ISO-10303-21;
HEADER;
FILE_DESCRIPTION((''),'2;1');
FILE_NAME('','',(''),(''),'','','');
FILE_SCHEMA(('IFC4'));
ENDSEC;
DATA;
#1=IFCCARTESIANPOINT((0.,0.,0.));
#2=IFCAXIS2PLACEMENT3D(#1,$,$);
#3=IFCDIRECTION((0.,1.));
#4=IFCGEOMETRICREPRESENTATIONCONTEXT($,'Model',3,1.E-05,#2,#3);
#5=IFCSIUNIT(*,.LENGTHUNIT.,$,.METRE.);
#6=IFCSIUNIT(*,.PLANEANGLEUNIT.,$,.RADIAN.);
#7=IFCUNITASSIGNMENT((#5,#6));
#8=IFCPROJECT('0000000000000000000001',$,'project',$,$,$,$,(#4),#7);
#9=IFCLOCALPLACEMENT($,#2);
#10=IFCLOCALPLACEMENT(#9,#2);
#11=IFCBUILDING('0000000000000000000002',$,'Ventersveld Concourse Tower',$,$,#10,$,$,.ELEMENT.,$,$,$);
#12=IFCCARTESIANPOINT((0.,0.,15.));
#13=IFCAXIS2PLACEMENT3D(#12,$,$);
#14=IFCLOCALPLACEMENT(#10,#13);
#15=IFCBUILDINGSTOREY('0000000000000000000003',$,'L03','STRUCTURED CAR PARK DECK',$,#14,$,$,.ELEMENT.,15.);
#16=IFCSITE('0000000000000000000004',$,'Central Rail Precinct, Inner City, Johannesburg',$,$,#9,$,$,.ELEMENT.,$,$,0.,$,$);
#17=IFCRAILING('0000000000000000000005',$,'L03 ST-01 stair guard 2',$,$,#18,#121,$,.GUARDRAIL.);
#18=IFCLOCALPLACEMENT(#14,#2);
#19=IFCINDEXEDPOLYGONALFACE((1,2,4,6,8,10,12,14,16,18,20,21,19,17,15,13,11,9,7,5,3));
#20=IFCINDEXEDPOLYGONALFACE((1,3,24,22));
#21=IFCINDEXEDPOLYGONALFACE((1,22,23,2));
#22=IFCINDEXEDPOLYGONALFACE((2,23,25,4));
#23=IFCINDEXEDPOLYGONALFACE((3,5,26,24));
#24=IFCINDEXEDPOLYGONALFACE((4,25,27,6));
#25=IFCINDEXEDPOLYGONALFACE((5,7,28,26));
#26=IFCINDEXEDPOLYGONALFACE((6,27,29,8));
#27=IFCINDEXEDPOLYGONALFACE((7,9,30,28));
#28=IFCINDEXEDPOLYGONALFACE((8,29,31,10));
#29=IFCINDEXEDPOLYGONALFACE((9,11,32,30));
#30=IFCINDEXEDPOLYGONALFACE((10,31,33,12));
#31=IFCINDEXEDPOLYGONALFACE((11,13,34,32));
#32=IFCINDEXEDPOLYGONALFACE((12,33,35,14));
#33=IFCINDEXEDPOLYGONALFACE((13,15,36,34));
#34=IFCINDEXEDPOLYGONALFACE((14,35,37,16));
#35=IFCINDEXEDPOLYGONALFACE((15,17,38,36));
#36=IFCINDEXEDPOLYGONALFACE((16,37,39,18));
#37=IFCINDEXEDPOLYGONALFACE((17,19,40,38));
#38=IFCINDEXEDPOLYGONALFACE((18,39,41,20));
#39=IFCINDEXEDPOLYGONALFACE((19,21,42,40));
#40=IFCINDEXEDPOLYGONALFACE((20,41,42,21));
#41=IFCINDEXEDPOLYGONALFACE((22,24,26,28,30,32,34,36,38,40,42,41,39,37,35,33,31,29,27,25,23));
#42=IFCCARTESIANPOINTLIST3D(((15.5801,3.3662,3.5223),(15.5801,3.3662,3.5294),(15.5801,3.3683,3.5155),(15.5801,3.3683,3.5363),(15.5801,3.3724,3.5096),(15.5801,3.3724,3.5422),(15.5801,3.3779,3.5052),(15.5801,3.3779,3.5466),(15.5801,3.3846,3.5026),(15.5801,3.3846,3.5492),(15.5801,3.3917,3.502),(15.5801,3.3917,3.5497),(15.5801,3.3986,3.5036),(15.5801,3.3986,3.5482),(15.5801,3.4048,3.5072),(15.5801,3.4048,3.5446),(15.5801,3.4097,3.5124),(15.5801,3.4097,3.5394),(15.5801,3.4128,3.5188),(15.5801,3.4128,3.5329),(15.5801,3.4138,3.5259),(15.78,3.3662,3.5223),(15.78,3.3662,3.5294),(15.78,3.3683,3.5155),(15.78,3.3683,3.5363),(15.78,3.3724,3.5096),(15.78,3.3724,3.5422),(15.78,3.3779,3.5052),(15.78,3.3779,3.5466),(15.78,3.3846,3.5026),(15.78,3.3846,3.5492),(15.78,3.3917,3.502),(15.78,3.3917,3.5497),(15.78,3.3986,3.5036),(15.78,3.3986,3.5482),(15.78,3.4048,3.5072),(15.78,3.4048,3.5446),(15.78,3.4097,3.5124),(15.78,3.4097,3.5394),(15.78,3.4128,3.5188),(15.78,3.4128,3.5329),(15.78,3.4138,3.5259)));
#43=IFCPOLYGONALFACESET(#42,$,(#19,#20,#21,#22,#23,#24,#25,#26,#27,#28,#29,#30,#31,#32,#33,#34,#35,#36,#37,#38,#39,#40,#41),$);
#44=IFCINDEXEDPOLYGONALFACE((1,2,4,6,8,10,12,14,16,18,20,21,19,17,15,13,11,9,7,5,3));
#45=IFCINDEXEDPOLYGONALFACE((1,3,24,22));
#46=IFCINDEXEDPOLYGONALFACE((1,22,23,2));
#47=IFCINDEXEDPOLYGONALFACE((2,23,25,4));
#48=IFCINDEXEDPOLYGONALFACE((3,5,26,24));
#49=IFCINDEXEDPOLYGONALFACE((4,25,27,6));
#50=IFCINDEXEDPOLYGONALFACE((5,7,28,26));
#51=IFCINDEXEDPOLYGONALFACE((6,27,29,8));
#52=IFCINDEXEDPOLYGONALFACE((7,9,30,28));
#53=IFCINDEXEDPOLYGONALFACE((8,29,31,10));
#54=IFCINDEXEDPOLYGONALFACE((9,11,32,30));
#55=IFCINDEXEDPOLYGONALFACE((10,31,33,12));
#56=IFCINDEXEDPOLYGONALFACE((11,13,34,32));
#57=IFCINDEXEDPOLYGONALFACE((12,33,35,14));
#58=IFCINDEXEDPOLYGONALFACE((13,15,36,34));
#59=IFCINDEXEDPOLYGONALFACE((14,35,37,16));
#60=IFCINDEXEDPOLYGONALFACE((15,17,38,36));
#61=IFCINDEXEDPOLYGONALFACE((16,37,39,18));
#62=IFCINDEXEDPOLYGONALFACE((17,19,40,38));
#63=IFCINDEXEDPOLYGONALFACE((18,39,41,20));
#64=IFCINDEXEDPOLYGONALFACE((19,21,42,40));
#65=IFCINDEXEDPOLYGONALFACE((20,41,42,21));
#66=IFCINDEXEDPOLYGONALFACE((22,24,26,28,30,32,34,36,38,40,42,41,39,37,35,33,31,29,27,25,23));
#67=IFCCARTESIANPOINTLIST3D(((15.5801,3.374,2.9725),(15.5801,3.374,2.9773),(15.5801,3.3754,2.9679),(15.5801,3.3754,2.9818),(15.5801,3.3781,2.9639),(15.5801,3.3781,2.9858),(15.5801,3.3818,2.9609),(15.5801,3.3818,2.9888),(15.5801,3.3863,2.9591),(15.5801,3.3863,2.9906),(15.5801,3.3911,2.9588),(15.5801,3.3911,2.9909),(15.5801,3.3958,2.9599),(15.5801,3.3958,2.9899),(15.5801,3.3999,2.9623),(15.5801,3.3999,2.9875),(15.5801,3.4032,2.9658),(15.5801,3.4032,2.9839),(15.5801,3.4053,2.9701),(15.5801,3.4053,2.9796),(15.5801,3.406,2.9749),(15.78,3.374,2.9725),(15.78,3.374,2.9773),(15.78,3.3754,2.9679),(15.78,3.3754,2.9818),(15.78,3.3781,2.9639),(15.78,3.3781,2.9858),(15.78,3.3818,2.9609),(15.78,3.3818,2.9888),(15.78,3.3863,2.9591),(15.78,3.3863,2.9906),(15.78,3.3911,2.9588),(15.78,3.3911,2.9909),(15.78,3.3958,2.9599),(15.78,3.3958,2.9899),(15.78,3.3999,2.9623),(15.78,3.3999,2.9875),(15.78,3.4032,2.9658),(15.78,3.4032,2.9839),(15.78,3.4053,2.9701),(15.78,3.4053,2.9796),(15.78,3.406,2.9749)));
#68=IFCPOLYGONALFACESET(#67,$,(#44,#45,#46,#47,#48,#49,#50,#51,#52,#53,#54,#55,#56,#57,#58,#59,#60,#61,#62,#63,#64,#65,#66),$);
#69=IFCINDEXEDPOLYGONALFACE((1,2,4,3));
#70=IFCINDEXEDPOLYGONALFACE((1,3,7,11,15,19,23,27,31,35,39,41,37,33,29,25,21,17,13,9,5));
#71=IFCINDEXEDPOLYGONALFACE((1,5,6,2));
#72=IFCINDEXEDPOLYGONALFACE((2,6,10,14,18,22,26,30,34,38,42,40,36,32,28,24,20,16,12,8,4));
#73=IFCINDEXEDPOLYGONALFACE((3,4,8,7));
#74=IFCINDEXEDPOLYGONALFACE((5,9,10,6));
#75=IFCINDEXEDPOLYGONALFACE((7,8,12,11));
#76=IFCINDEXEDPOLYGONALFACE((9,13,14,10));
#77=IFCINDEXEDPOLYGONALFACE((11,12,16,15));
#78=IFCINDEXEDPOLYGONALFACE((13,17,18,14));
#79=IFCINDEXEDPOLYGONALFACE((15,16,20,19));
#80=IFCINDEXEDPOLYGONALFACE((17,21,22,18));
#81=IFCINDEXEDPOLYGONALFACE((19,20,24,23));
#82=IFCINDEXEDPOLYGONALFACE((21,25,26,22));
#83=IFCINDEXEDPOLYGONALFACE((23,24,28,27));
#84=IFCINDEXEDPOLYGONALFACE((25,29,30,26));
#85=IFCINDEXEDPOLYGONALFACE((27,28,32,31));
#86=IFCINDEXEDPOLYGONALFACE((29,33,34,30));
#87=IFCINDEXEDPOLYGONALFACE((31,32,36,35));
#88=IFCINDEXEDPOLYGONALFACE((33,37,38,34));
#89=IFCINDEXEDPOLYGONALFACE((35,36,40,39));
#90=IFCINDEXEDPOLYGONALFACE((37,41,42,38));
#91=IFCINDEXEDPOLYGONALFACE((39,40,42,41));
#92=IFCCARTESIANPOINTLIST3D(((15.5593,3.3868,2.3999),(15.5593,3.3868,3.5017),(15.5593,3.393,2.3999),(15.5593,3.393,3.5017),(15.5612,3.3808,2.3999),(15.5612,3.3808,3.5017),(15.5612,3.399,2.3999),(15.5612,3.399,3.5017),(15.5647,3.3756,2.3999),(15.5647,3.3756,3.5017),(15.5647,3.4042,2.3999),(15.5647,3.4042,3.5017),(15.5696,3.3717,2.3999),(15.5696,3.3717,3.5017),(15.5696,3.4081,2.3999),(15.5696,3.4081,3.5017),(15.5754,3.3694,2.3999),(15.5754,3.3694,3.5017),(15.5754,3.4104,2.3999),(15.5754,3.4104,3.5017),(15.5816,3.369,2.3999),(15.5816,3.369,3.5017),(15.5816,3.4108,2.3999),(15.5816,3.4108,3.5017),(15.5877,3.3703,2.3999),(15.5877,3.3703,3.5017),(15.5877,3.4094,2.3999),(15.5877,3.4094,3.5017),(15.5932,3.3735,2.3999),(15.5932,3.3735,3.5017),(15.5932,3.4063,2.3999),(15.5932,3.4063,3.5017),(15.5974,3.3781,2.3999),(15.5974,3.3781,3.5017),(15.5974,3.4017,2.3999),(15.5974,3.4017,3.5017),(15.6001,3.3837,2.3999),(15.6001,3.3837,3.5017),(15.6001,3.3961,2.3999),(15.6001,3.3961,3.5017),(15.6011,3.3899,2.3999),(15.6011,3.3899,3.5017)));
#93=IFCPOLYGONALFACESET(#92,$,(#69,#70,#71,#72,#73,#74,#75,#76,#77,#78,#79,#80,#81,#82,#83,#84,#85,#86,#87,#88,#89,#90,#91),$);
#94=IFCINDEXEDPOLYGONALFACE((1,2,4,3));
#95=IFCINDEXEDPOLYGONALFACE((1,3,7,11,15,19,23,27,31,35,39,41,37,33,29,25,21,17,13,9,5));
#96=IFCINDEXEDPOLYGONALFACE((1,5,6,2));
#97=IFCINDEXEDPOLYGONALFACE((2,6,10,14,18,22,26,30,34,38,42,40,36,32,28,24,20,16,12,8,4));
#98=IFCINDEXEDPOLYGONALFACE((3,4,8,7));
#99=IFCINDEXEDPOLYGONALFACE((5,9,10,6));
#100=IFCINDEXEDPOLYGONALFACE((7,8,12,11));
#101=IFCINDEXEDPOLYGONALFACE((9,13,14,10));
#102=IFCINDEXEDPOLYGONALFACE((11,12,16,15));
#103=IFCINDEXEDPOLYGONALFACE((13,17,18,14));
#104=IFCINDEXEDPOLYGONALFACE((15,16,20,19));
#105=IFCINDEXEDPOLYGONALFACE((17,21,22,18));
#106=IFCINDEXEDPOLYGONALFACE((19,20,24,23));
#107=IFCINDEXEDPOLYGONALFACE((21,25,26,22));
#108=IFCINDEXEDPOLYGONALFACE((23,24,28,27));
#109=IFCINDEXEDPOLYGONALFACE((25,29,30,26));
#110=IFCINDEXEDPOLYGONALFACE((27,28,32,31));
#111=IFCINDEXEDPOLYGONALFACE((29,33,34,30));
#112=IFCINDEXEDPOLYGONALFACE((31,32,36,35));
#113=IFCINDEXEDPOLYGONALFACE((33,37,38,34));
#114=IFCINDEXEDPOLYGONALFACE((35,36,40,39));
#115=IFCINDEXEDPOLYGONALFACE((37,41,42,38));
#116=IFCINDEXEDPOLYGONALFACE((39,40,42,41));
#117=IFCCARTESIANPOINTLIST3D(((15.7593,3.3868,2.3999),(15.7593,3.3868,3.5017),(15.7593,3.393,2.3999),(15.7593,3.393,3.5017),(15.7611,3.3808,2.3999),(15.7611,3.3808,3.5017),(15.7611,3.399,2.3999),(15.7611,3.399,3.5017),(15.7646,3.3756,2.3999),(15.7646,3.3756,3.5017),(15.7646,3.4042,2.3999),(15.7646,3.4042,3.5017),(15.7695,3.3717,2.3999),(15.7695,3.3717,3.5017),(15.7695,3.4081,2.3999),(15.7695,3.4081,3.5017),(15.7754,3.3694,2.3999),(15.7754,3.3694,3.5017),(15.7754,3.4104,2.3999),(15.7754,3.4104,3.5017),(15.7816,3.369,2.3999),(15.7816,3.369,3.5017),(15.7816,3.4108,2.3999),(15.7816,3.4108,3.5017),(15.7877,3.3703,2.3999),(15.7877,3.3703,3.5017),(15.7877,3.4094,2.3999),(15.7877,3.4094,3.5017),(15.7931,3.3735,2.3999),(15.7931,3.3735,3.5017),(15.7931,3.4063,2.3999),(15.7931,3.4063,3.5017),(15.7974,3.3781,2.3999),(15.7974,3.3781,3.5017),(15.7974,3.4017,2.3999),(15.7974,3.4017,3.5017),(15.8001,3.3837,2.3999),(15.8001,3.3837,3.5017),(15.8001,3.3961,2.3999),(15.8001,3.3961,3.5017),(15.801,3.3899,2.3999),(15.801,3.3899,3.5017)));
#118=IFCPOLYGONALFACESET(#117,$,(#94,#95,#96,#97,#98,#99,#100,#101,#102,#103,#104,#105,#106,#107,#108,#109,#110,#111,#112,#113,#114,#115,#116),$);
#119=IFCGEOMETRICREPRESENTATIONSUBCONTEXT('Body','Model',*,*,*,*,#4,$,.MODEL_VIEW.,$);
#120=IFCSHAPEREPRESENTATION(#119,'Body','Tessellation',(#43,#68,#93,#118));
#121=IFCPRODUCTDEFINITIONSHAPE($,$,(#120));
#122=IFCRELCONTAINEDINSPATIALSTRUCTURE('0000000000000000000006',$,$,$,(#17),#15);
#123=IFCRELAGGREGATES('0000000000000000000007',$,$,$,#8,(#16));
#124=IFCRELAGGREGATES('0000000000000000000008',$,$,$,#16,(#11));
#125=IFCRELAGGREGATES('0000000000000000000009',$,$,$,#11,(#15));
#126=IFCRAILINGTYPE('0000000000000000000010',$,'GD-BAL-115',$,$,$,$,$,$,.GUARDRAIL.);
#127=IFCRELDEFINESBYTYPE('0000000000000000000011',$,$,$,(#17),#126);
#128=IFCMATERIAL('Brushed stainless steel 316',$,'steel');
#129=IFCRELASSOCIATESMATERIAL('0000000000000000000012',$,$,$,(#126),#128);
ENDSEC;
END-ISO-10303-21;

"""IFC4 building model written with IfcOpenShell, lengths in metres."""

from ifc_helpers import new_model, si_unit, direction, frame, origin, origin_2d, place, context, subcontext, project, spatial, circle, extrude, material, type_object, element, save


model = new_model("IFC4")

# Units and contexts
model_context = context("Model", 3, precision=1e-05, world=origin(), true_north=direction((0.0, 1.0)))
body_context = subcontext(model_context, "Body", "Model", "MODEL_VIEW")
ifc_project = project(units=[si_unit("LENGTHUNIT", "METRE"), si_unit("PLANEANGLEUNIT", "RADIAN")], contexts=[model_context])

# Site, building, storey
site_placement = place(None, origin())
site = spatial("IfcSite", under=ifc_project, at=site_placement, Name="Central Rail Precinct, Inner City, Johannesburg", CompositionType="ELEMENT", RefElevation=0.0)
building_placement = place(site_placement, origin())
building = spatial("IfcBuilding", under=site, at=building_placement, Name="Ventersveld Concourse Tower", CompositionType="ELEMENT")
storey_placement = place(building_placement, frame((0.0, 0.0, 15.0)))
storey = spatial("IfcBuildingStorey", under=building, at=storey_placement, Name="L03", Description="STRUCTURED CAR PARK DECK", CompositionType="ELEMENT", Elevation=15.0)

# Shared definitions
ifc_material_1 = material(Name="Brushed stainless steel 316", Category="steel")

# Railing
railing_type_1 = type_object("IfcRailingType", Name="GD-BAL-115", PredefinedType="GUARDRAIL", material=ifc_material_1)
railing_1_placement = place(storey_placement, frame((15.5801, 3.3899, 2.3999)))
element("IfcRailing", 1, at=railing_1_placement, inside=storey, type_object=railing_type_1, Name="L03 ST-01 stair guard 2", PredefinedType="GUARDRAIL", context=body_context, shape_type="SweptSolid", body=[
    extrude(circle(Radius=0.0239, at=origin_2d()), frame((0.0, 0.0, 1.126), z_axis=(1.0, 0.0, 0.0), x_axis=(0.0, 1.0, 0.0)), (0.0, 0.0, 1.0), 0.2),
    extrude(circle(Radius=0.0161, at=origin_2d()), frame((0.0, 0.0, 0.575), z_axis=(1.0, 0.0, 0.0), x_axis=(0.0, 1.0, 0.0)), (0.0, 0.0, 1.0), 0.2),
    extrude(circle(Radius=0.021, at=origin_2d()), origin(), (0.0, 0.0, 1.0), 1.1018),
    extrude(circle(Radius=0.021, at=origin_2d()), frame((0.2, 0.0, 0.0)), (0.0, 0.0, 1.0), 1.1018),
])

save(model, "model.ifc")
